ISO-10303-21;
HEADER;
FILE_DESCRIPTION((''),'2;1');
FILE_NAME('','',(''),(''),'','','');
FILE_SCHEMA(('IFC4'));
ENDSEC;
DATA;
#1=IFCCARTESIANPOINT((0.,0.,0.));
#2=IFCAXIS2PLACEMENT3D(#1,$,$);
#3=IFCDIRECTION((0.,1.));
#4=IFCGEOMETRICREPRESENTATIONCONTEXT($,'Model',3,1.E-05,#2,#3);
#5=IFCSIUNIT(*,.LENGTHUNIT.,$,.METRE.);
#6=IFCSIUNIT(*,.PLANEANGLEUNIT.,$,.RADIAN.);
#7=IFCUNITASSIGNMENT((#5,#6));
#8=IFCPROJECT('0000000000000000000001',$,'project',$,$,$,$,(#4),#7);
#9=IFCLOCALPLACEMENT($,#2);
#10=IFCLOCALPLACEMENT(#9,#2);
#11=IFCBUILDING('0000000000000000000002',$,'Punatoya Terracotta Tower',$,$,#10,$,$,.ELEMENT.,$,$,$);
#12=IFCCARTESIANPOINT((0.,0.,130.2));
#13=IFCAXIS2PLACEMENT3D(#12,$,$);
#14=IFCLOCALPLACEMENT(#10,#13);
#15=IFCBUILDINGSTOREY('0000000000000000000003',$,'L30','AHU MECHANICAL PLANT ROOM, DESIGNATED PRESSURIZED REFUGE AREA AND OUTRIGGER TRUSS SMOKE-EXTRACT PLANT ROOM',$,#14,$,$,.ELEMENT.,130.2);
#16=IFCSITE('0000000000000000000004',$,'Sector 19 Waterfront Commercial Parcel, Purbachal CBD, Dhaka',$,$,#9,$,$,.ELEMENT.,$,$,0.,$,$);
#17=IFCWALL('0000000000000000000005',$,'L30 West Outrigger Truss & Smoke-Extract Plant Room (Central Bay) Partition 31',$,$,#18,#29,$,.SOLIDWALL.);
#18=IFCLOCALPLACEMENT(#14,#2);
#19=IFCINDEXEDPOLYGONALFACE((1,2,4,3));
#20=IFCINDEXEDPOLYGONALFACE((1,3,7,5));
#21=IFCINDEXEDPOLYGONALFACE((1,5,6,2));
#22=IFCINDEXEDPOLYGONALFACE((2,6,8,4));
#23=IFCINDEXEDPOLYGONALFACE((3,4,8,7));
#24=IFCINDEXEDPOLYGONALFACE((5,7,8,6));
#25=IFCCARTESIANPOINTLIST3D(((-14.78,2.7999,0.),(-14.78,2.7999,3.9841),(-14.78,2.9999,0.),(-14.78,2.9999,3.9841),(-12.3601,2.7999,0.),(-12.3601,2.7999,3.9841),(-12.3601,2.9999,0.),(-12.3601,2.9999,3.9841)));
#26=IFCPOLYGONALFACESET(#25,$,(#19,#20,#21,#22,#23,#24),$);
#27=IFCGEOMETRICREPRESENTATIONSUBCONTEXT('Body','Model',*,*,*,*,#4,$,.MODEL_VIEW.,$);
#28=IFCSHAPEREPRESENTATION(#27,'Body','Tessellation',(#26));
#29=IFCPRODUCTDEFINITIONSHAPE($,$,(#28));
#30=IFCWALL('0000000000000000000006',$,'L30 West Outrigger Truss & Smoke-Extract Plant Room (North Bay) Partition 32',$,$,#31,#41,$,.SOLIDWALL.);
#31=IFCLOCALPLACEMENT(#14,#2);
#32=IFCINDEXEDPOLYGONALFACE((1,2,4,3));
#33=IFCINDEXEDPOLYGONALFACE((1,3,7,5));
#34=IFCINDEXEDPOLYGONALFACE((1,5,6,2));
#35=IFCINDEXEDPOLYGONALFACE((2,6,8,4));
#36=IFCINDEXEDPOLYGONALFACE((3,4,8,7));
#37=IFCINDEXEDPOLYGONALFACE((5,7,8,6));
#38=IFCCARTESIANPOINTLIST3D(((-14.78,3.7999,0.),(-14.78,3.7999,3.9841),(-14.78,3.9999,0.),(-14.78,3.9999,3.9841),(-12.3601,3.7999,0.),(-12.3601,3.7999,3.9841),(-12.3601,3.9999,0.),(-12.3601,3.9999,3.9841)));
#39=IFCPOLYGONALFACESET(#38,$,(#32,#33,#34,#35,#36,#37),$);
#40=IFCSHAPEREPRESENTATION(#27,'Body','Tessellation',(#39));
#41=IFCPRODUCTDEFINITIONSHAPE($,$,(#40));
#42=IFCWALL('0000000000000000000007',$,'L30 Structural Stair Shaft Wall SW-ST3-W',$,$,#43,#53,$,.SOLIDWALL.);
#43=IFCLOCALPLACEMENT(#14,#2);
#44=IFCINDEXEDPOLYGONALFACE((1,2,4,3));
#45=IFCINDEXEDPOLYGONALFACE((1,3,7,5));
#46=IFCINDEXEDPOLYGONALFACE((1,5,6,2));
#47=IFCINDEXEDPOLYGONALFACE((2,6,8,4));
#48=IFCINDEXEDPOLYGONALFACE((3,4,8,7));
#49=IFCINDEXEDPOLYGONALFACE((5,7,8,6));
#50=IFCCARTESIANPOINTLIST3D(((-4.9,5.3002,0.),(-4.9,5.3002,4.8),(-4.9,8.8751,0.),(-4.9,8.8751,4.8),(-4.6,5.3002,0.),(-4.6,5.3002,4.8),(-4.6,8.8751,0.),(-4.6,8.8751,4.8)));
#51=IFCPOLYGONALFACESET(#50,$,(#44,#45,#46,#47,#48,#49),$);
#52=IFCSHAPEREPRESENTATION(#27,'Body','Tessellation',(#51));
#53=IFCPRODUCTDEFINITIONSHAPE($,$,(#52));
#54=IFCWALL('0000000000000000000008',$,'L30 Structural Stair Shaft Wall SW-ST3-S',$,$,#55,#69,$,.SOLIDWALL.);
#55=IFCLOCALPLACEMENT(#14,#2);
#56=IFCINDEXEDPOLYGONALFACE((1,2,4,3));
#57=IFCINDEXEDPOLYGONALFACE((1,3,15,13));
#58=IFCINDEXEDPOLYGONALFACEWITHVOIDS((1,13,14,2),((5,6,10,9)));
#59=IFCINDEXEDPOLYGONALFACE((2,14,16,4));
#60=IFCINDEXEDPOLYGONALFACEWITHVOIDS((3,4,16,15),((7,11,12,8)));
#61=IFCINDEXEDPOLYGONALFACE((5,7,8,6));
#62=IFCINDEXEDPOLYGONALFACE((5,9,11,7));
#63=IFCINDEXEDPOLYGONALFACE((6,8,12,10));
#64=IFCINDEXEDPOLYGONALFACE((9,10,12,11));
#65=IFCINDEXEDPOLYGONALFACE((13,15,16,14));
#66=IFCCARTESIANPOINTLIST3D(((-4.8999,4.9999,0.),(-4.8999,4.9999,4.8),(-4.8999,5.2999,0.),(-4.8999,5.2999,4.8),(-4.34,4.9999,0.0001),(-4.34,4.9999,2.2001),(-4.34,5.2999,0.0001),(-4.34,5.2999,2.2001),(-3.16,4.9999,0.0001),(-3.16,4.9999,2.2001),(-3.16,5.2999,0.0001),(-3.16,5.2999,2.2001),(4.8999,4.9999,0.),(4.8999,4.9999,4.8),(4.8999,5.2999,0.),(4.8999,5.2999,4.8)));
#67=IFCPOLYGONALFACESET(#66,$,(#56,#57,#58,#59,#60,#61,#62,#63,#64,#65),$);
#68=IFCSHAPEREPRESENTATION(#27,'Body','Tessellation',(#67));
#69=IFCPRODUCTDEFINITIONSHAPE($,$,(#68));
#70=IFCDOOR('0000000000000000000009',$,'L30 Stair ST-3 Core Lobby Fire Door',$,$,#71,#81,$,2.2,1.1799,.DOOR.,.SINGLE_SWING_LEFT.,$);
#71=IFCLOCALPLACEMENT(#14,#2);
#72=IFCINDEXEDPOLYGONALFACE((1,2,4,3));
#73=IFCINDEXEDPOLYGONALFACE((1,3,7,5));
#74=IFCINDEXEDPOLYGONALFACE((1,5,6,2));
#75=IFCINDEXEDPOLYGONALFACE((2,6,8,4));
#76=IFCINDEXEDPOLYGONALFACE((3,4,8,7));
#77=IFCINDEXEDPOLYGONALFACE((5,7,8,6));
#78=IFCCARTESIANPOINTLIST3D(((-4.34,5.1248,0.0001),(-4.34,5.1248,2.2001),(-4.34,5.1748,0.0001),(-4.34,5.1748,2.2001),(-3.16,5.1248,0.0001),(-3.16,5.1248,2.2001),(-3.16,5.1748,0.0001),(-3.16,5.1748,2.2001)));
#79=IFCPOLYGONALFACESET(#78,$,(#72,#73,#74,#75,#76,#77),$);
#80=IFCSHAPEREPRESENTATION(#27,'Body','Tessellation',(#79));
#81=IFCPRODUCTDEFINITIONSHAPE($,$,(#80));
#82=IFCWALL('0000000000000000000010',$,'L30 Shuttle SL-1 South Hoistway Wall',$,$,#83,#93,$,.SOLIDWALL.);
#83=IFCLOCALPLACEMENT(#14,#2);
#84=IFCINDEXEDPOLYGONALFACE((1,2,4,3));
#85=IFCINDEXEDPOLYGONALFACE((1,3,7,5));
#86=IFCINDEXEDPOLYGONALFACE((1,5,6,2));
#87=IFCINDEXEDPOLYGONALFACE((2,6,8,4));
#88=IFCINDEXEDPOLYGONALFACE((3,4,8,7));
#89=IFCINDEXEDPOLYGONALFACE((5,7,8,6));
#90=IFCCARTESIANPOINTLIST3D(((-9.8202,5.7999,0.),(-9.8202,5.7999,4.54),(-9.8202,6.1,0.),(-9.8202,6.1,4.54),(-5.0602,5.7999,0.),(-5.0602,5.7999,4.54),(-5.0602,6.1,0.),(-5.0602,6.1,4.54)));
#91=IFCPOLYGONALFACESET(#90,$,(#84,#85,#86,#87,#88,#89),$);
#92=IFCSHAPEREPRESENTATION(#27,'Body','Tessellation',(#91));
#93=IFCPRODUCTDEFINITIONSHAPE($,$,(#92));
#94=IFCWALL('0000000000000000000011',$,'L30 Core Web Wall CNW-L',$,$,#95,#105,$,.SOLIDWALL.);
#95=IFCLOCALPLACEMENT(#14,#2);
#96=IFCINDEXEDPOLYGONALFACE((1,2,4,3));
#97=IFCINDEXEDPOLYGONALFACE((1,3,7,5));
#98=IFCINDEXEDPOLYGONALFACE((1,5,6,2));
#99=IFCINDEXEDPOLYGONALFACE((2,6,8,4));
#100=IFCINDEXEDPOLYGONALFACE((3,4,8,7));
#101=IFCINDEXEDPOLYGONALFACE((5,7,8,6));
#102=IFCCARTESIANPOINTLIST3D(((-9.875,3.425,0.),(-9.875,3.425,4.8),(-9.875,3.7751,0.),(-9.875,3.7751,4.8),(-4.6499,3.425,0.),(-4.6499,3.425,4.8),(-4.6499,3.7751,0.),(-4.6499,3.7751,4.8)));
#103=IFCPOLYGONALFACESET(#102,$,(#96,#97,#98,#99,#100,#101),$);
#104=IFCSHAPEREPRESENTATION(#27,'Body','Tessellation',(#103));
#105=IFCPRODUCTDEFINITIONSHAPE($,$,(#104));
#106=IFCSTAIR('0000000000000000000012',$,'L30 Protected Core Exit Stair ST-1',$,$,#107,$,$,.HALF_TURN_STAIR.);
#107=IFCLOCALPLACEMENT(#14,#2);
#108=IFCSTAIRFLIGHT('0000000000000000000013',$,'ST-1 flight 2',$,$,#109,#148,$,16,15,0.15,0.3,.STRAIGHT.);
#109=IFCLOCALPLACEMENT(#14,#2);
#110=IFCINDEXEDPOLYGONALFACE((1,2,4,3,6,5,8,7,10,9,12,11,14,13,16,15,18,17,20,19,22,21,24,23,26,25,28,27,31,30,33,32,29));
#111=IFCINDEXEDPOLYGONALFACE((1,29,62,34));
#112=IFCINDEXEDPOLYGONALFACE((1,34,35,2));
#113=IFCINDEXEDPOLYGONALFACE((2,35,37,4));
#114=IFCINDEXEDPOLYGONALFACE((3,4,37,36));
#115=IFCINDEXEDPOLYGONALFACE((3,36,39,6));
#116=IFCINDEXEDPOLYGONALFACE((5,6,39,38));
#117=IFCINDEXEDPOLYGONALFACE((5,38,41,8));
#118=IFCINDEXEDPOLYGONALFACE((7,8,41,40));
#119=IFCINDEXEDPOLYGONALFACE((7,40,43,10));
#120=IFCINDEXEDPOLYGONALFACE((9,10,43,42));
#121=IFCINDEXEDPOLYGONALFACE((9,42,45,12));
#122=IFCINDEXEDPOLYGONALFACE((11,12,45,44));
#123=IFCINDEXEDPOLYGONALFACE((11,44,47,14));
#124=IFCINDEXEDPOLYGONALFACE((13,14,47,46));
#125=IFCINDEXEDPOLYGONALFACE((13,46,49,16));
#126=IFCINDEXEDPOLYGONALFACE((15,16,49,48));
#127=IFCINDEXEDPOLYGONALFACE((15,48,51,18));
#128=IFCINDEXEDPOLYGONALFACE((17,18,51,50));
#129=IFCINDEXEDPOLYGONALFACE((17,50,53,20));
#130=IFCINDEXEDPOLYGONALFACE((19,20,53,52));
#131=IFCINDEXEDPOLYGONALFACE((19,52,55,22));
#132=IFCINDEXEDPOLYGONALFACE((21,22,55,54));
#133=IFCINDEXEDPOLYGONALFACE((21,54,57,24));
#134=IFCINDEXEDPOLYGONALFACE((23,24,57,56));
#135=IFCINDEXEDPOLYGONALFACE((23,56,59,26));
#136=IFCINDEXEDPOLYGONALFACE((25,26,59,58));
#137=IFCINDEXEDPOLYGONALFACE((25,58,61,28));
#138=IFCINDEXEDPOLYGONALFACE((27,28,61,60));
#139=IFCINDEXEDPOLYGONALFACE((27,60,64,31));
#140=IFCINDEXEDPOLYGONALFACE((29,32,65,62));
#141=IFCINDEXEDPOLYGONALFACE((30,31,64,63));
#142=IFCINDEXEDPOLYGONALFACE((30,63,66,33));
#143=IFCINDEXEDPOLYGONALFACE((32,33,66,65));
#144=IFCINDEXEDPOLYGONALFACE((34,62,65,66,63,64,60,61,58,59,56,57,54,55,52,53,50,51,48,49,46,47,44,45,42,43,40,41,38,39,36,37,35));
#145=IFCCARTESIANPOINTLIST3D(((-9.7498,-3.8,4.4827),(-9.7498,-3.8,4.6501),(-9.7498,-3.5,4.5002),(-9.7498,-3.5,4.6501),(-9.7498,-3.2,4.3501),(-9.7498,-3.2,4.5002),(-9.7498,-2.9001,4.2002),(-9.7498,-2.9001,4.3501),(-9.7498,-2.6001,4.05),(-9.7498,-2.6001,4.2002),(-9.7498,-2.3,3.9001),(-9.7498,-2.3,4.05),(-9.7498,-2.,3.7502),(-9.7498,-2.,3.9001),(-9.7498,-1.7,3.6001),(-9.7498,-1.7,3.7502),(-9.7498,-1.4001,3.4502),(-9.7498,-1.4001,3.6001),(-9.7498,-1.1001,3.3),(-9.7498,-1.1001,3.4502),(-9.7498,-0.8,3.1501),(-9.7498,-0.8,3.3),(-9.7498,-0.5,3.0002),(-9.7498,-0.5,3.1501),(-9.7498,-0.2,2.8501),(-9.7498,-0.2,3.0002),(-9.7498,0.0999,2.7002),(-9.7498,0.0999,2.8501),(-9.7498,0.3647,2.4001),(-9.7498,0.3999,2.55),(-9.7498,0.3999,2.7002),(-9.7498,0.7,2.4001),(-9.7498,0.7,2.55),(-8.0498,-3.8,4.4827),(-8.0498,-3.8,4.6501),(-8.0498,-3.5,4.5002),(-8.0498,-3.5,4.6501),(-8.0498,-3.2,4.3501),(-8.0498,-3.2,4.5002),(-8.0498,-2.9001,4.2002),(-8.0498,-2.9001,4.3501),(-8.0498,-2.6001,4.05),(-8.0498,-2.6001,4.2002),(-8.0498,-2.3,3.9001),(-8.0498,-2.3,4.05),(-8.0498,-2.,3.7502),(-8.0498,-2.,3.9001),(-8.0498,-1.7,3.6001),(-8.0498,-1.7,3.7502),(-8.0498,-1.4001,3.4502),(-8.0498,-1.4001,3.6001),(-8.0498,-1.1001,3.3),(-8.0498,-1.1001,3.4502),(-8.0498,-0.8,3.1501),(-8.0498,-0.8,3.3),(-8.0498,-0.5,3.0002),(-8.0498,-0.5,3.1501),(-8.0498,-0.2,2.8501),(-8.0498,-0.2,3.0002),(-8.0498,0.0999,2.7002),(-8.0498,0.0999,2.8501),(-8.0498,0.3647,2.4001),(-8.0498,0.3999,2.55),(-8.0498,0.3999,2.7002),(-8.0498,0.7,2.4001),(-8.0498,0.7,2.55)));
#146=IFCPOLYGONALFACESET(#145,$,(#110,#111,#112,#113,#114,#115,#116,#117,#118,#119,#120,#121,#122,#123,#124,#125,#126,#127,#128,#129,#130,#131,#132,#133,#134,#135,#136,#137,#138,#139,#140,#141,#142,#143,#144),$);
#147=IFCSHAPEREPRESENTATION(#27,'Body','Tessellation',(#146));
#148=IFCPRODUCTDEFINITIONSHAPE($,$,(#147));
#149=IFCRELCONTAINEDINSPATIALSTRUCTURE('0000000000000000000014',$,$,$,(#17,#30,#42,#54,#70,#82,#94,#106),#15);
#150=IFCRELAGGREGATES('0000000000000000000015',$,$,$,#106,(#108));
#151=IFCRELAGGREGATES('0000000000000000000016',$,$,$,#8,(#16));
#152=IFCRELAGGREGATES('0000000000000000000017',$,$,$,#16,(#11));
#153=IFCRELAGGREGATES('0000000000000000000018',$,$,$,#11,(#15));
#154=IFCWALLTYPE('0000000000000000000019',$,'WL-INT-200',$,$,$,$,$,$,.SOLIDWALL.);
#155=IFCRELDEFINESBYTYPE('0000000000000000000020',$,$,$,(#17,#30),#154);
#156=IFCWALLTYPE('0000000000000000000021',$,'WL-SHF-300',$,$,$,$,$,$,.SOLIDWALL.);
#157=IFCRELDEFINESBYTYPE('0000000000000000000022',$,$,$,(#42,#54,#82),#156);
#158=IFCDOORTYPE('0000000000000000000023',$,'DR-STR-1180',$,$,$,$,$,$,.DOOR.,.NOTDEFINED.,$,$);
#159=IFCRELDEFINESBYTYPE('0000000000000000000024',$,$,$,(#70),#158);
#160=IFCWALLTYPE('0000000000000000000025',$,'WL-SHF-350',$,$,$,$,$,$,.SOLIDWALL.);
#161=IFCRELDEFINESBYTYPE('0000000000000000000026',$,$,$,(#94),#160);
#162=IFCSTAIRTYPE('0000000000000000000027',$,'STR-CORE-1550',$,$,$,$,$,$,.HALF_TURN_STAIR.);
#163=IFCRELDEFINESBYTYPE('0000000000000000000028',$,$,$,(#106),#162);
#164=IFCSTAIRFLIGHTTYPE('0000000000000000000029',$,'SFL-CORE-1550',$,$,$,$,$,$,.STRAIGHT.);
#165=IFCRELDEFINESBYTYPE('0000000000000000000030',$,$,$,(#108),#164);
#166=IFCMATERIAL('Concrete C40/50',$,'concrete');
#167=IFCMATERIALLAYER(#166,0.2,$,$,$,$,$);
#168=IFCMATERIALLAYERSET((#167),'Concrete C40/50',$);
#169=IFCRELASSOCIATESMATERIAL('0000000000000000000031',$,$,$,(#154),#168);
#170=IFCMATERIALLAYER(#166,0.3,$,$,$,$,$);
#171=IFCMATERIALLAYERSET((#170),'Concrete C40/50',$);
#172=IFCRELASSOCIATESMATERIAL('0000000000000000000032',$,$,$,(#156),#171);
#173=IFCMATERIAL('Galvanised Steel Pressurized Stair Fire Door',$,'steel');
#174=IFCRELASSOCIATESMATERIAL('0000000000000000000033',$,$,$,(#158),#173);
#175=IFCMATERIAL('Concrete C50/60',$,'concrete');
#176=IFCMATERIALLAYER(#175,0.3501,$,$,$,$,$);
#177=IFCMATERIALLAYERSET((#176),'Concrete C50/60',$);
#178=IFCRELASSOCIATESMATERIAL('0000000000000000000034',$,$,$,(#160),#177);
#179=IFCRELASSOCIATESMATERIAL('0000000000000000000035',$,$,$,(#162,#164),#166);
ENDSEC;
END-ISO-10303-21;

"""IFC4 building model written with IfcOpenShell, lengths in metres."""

from ifc_helpers import new_model, si_unit, direction, frame, frame_2d, origin, place, context, subcontext, project, spatial, polyline, rectangle, outline, extrude, material, layer, layer_set, type_object, element, fill, aggregate, save


model = new_model("IFC4")

# Units and contexts
model_context = context("Model", 3, precision=1e-05, world=origin(), true_north=direction((0.0, 1.0)))
body_context = subcontext(model_context, "Body", "Model", "MODEL_VIEW")
ifc_project = project(units=[si_unit("LENGTHUNIT", "METRE"), si_unit("PLANEANGLEUNIT", "RADIAN")], contexts=[model_context])

# Site, building, storey
site_placement = place(None, origin())
site = spatial("IfcSite", under=ifc_project, at=site_placement, Name="Sector 19 Waterfront Commercial Parcel, Purbachal CBD, Dhaka", CompositionType="ELEMENT", RefElevation=0.0)
building_placement = place(site_placement, origin())
building = spatial("IfcBuilding", under=site, at=building_placement, Name="Punatoya Terracotta Tower", CompositionType="ELEMENT")
storey_placement = place(building_placement, frame((0.0, 0.0, 130.2)))
storey = spatial("IfcBuildingStorey", under=building, at=storey_placement, Name="L30", Description="AHU MECHANICAL PLANT ROOM, DESIGNATED PRESSURIZED REFUGE AREA AND OUTRIGGER TRUSS SMOKE-EXTRACT PLANT ROOM", CompositionType="ELEMENT", Elevation=130.2)

# Shared definitions
ifc_material_1 = material(Name="Concrete C40/50", Category="concrete")
ifc_layer_1 = layer(ifc_material_1, 0.2)
ifc_layer_set_1 = layer_set([ifc_layer_1], Name="Concrete C40/50")
wall_type_1 = type_object("IfcWallType", Name="WL-INT-200", PredefinedType="SOLIDWALL", material=ifc_layer_set_1)

# Walls
for number, where, z_axis, x_axis, name in (
    (1, (-14.78, 2.8999, 0.0), (0.0, 0.0, 1.0), (1.0, 0.0, 0.0), "L30 West Outrigger Truss & Smoke-Extract Plant Room (Central Bay) Partition 31"),
    (2, (-12.3601, 3.8999, 0.0), (0.0, 0.0, 1.0), (-1.0, 0.0, 0.0), "L30 West Outrigger Truss & Smoke-Extract Plant Room (North Bay) Partition 32"),
):
    element("IfcWall", number, at=place(storey_placement, frame(where, z_axis=z_axis, x_axis=x_axis)), inside=storey, type_object=wall_type_1, Name=name, PredefinedType="SOLIDWALL", context=body_context, shape_type="SweptSolid", body=[
        extrude(rectangle(XDim=2.4199, YDim=0.2, at=frame_2d((1.21, 0.0))), origin(), (0.0, 0.0, 1.0), 3.9841),
    ])
ifc_layer_2 = layer(ifc_material_1, 0.3)
ifc_layer_set_2 = layer_set([ifc_layer_2], Name="Concrete C40/50")
wall_type_2 = type_object("IfcWallType", Name="WL-SHF-300", PredefinedType="SOLIDWALL", material=ifc_layer_set_2)
wall_1_placement = place(storey_placement, frame((-4.75, 5.3, 0.0), z_axis=(0.0, 0.0, 1.0), x_axis=(0.0, 1.0, 0.0)))
element("IfcWall", 3, at=wall_1_placement, inside=storey, type_object=wall_type_2, Name="L30 Structural Stair Shaft Wall SW-ST3-W", PredefinedType="SOLIDWALL", context=body_context, shape_type="SweptSolid", body=[
    extrude(rectangle(XDim=3.575, YDim=0.3, at=frame_2d((1.7876, 0.0))), origin(), (0.0, 0.0, 1.0), 4.8),
])

# Wall, opening, door
wall_2_placement = place(storey_placement, frame((-4.8999, 5.1499, 0.0), z_axis=(0.0, 0.0, 1.0), x_axis=(1.0, 0.0, 0.0)))
wall_2 = element("IfcWall", 4, at=wall_2_placement, inside=storey, type_object=wall_type_2, Name="L30 Structural Stair Shaft Wall SW-ST3-S", PredefinedType="SOLIDWALL", context=body_context, shape_type="SweptSolid", body=[
    extrude(rectangle(XDim=9.7998, YDim=0.3, at=frame_2d((4.8999, 0.0))), origin(), (0.0, 0.0, 1.0), 4.8),
])
opening_1_placement = place(wall_2_placement, frame((0.5601, 0.0, 0.0)))
opening_1 = element("IfcOpeningElement", 5, at=opening_1_placement, cuts=wall_2, PredefinedType="OPENING", context=body_context, shape_type="SweptSolid", body=[
    extrude(rectangle(XDim=1.1799, YDim=2.2, at=frame_2d((0.5898, 1.1001))), frame((0.0, 0.1599, 0.0), z_axis=(0.0, -1.0, 0.0), x_axis=(1.0, 0.0, 0.0)), (0.0, 0.0, 1.0), 0.3201),
])
ifc_material_2 = material(Name="Galvanised Steel Pressurized Stair Fire Door", Category="steel")
door_type_1 = type_object("IfcDoorType", Name="DR-STR-1180", OperationType="NOTDEFINED", PredefinedType="DOOR", material=ifc_material_2)
door_1_placement = place(opening_1_placement, origin())
door_1 = element("IfcDoor", 6, at=door_1_placement, inside=storey, type_object=door_type_1, Name="L30 Stair ST-3 Core Lobby Fire Door", OperationType="SINGLE_SWING_LEFT", OverallHeight=2.2, OverallWidth=1.1799, PredefinedType="DOOR", context=body_context, shape_type="SweptSolid", body=[
    extrude(rectangle(XDim=1.1799, YDim=2.2, at=frame_2d((0.5898, 1.1001))), frame((0.0, 0.0249, 0.0), z_axis=(0.0, -1.0, 0.0), x_axis=(1.0, 0.0, 0.0)), (0.0, 0.0, 1.0), 0.05),
])
fill(opening_1, door_1)

# Walls
wall_3_placement = place(storey_placement, frame((-9.8201, 5.95, 0.0), z_axis=(0.0, 0.0, 1.0), x_axis=(1.0, 0.0, 0.0)))
element("IfcWall", 7, at=wall_3_placement, inside=storey, type_object=wall_type_2, Name="L30 Shuttle SL-1 South Hoistway Wall", PredefinedType="SOLIDWALL", context=body_context, shape_type="SweptSolid", body=[
    extrude(rectangle(XDim=4.76, YDim=0.3, at=frame_2d((2.3799, 0.0))), origin(), (0.0, 0.0, 1.0), 4.54),
])
ifc_material_3 = material(Name="Concrete C50/60", Category="concrete")
ifc_layer_3 = layer(ifc_material_3, 0.3501)
ifc_layer_set_3 = layer_set([ifc_layer_3], Name="Concrete C50/60")
wall_type_3 = type_object("IfcWallType", Name="WL-SHF-350", PredefinedType="SOLIDWALL", material=ifc_layer_set_3)
wall_4_placement = place(storey_placement, frame((-9.875, 3.6001, 0.0), z_axis=(0.0, 0.0, 1.0), x_axis=(1.0, 0.0, 0.0)))
element("IfcWall", 8, at=wall_4_placement, inside=storey, type_object=wall_type_3, Name="L30 Core Web Wall CNW-L", PredefinedType="SOLIDWALL", context=body_context, shape_type="SweptSolid", body=[
    extrude(rectangle(XDim=5.2251, YDim=0.3501, at=frame_2d((2.6125, 0.0))), origin(), (0.0, 0.0, 1.0), 4.8),
])

# Stair, stair flight
stair_type = type_object("IfcStairType", Name="STR-CORE-1550", PredefinedType="HALF_TURN_STAIR", material=ifc_material_1)
stair_placement = place(storey_placement, origin())
stair = element("IfcStair", 9, at=stair_placement, inside=storey, type_object=stair_type, Name="L30 Protected Core Exit Stair ST-1", PredefinedType="HALF_TURN_STAIR")
stair_flight_type = type_object("IfcStairFlightType", Name="SFL-CORE-1550", PredefinedType="STRAIGHT", material=ifc_material_1)
stair_flight_placement = place(storey_placement, frame((-8.8999, 0.7, 2.4001), z_axis=(0.0, 0.0, 1.0), x_axis=(0.0, -1.0, 0.0)))
stair_flight = element("IfcStairFlight", 10, at=stair_flight_placement, type_object=stair_flight_type, Name="ST-1 flight 2", NumberOfRisers=16, NumberOfTreads=15, PredefinedType="STRAIGHT", RiserHeight=0.15, TreadLength=0.3, context=body_context, shape_type="SweptSolid", body=[
    extrude(outline(polyline([(0.0, 0.0), (0.0, 0.1499), (0.3, 0.1499), (0.3, 0.3), (0.6001, 0.3), (0.6001, 0.45), (0.8999, 0.45), (0.8999, 0.6001), (1.2, 0.6001), (1.2, 0.75), (1.5, 0.75), (1.5, 0.8999), (1.8, 0.8999), (1.8, 1.05), (2.1001, 1.05), (2.1001, 1.2), (2.3999, 1.2), (2.3999, 1.3501), (2.7, 1.3501), (2.7, 1.5), (3.0, 1.5), (3.0, 1.6499), (3.3, 1.6499), (3.3, 1.8), (3.6001, 1.8), (3.6001, 1.95), (3.8999, 1.95), (3.8999, 2.1001), (4.2, 2.1001), (4.2, 2.25), (4.5, 2.25), (4.5, 2.3999), (4.5, 2.0825), (0.3352, 0.0), (0.0, 0.0)])), frame((0.0, 0.8501, 0.0), z_axis=(0.0, -1.0, 0.0), x_axis=(1.0, 0.0, 0.0)), (0.0, 0.0, 1.0), 1.7),
])
aggregate(stair, [stair_flight])

save(model, "model.ifc")
